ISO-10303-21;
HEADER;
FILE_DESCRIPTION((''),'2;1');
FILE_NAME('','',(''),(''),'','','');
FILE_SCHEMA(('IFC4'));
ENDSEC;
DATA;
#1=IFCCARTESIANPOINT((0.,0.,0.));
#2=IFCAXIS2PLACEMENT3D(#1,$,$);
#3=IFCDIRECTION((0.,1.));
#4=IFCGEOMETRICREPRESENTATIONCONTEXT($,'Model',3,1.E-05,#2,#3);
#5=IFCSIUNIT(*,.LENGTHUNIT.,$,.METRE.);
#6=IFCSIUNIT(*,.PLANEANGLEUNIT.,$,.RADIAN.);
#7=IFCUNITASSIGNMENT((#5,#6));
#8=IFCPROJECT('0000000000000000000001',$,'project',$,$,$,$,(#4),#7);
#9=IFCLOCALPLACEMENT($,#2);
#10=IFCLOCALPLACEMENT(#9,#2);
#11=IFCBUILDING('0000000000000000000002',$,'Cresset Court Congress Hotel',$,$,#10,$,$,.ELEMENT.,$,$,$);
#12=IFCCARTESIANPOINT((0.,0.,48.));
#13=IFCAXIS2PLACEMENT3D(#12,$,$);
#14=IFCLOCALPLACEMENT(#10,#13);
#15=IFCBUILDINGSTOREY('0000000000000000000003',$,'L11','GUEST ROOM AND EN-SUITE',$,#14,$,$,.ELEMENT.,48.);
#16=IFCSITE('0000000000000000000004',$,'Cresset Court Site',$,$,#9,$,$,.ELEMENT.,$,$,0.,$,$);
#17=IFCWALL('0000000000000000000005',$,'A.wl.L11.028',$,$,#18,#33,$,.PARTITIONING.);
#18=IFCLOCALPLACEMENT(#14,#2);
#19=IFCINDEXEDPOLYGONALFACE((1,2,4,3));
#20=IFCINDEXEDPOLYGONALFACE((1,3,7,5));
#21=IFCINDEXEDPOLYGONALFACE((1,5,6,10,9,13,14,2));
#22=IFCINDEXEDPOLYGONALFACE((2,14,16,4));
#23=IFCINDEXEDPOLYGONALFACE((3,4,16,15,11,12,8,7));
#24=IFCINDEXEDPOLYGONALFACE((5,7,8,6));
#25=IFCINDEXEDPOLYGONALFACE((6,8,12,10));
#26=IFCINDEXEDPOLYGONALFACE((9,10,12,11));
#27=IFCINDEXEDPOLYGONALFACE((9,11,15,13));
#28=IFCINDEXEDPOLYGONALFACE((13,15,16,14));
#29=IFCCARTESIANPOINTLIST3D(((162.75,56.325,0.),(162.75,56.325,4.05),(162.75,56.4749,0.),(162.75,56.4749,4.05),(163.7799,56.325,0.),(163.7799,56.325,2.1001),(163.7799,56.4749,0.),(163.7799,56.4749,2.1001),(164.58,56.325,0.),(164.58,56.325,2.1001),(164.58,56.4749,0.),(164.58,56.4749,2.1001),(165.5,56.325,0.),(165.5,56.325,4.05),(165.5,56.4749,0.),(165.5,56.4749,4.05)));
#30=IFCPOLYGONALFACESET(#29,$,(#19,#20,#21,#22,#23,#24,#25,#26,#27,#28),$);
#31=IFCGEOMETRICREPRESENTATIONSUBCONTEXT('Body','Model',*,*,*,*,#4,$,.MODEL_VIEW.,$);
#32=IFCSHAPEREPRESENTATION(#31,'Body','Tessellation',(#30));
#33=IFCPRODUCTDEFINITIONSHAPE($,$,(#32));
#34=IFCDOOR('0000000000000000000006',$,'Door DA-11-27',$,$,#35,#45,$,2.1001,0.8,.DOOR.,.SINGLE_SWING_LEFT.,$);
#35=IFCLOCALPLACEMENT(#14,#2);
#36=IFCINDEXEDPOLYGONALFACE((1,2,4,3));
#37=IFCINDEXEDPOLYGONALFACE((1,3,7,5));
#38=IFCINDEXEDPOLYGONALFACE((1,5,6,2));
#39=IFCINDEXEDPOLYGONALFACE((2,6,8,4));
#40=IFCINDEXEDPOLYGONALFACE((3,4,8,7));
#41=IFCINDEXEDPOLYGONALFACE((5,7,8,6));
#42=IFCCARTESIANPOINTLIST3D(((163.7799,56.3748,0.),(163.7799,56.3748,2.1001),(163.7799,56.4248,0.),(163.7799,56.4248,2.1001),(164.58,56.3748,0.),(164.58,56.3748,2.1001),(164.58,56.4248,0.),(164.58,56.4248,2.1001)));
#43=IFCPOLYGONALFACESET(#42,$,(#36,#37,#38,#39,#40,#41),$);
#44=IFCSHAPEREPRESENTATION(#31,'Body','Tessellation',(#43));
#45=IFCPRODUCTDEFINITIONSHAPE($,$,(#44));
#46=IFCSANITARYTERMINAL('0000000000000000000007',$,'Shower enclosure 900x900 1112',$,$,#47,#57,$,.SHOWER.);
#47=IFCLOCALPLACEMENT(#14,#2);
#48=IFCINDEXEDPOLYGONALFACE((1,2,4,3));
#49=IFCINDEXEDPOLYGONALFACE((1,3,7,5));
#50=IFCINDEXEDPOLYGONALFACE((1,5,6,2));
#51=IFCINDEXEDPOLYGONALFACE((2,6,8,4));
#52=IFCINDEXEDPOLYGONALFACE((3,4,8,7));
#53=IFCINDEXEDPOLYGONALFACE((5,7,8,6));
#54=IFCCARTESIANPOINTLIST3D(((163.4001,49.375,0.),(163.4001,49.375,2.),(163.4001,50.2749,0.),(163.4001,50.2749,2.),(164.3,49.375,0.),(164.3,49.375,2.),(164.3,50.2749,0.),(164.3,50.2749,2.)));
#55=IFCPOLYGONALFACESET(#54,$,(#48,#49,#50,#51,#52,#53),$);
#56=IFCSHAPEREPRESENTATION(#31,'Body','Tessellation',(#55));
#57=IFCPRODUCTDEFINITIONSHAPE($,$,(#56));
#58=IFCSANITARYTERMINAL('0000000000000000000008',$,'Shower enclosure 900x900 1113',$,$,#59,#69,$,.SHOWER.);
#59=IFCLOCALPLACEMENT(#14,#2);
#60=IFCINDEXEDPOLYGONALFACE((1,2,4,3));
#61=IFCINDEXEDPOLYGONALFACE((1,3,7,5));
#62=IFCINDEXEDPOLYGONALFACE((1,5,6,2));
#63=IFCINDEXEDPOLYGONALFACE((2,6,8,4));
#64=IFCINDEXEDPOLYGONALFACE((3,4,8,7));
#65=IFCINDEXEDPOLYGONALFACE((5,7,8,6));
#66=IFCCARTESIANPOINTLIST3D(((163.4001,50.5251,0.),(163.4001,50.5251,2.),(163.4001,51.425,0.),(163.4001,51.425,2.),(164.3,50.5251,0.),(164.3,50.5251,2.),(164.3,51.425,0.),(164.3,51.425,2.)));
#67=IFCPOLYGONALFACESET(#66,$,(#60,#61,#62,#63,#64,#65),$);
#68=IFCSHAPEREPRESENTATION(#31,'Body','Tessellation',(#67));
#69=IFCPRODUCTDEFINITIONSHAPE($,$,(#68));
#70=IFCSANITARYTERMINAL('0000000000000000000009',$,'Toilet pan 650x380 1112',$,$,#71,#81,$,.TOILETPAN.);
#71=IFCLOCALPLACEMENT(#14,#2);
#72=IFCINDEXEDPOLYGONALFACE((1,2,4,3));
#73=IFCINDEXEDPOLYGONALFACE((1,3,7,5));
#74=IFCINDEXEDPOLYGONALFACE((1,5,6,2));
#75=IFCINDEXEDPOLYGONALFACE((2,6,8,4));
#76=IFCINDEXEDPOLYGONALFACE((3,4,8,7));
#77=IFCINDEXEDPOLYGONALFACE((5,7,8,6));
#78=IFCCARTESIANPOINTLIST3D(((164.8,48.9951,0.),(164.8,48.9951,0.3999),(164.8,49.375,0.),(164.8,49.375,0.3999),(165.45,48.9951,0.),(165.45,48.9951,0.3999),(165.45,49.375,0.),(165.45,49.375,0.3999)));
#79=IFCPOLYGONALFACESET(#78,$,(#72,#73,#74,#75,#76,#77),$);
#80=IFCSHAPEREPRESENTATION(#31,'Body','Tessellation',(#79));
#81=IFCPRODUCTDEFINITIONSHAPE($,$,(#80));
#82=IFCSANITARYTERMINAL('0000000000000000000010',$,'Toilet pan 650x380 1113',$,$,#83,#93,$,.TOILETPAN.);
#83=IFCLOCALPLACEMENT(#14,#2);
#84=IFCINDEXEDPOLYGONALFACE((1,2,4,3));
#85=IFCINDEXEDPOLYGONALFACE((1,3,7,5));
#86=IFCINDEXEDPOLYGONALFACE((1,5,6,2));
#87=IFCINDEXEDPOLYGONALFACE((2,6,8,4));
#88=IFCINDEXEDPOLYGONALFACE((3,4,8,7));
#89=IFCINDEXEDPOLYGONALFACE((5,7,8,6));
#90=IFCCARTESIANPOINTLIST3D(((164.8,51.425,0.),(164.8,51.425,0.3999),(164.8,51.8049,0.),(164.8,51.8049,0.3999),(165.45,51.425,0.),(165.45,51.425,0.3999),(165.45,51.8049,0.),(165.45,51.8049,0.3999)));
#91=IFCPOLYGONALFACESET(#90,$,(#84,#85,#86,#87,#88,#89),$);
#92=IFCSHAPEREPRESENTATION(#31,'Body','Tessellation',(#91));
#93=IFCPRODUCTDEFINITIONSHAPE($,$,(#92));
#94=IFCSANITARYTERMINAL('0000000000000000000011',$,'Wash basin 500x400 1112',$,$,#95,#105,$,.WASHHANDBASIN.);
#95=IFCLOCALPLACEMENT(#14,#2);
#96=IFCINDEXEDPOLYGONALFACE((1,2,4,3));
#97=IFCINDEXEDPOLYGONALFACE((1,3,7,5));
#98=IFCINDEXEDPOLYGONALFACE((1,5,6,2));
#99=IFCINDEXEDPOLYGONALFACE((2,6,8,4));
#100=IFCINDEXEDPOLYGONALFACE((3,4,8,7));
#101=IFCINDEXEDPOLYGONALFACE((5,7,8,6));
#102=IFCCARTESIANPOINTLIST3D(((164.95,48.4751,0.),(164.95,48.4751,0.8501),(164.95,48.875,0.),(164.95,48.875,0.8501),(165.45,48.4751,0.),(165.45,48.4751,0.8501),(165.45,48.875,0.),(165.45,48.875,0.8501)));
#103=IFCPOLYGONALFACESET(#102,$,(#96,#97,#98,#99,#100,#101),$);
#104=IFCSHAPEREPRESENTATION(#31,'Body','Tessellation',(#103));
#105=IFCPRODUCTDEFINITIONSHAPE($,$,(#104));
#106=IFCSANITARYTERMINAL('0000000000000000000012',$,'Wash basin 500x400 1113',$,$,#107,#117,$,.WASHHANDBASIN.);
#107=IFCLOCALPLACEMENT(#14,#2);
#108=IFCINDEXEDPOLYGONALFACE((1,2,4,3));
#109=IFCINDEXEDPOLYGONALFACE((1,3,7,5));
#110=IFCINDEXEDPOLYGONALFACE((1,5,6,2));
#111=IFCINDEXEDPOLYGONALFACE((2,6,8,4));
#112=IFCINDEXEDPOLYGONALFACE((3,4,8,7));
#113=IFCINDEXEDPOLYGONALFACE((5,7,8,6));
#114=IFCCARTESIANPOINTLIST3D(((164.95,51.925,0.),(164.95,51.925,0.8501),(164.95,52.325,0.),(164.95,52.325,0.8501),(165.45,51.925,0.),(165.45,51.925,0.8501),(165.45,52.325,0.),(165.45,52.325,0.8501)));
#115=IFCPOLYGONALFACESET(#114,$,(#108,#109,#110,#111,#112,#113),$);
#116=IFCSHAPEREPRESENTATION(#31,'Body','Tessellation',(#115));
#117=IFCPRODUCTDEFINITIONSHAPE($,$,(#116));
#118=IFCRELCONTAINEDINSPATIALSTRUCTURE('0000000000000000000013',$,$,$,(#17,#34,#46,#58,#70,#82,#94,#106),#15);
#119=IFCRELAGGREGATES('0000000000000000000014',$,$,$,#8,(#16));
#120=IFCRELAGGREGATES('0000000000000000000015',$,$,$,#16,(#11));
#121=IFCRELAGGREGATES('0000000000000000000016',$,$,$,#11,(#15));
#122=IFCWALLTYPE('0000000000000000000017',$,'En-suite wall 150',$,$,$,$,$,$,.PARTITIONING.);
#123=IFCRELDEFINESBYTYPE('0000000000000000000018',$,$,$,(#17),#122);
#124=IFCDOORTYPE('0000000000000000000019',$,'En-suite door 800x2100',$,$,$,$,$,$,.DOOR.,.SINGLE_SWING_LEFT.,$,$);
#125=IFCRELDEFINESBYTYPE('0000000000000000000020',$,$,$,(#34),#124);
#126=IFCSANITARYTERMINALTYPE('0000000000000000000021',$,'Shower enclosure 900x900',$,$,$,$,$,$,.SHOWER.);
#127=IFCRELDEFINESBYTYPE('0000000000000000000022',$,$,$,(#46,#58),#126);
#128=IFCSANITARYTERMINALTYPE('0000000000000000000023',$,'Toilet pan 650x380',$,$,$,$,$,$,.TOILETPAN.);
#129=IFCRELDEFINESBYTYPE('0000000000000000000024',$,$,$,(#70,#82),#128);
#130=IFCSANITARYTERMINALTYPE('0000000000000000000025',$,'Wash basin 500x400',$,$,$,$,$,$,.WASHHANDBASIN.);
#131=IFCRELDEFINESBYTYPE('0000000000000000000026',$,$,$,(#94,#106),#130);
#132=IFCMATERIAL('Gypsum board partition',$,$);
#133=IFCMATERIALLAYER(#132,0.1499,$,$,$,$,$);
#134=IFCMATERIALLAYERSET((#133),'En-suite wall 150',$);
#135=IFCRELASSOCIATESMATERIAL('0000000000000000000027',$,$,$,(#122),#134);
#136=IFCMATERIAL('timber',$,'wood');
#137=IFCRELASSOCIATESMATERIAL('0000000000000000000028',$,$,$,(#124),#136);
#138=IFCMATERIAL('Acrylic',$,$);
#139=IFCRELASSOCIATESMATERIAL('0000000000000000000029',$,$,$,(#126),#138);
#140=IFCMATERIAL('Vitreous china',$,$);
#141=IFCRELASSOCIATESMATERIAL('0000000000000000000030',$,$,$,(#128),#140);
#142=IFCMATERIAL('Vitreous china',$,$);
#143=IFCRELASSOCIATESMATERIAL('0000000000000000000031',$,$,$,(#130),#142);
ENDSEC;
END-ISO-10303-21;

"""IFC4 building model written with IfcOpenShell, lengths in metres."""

from ifc_helpers import new_model, si_unit, direction, frame, frame_2d, origin, origin_2d, place, context, subcontext, project, spatial, rectangle, extrude, material, layer, layer_set, type_object, element, fill, save


model = new_model("IFC4")

# Units and contexts
model_context = context("Model", 3, precision=1e-05, world=origin(), true_north=direction((0.0, 1.0)))
body_context = subcontext(model_context, "Body", "Model", "MODEL_VIEW")
ifc_project = project(units=[si_unit("LENGTHUNIT", "METRE"), si_unit("PLANEANGLEUNIT", "RADIAN")], contexts=[model_context])

# Site, building, storey
site_placement = place(None, origin())
site = spatial("IfcSite", under=ifc_project, at=site_placement, Name="Cresset Court Site", CompositionType="ELEMENT", RefElevation=0.0)
building_placement = place(site_placement, origin())
building = spatial("IfcBuilding", under=site, at=building_placement, Name="Cresset Court Congress Hotel", CompositionType="ELEMENT")
storey_placement = place(building_placement, frame((0.0, 0.0, 48.0)))
storey = spatial("IfcBuildingStorey", under=building, at=storey_placement, Name="L11", Description="GUEST ROOM AND EN-SUITE", CompositionType="ELEMENT", Elevation=48.0)

# Shared definitions
ifc_material_1 = material(Name="Gypsum board partition")
ifc_layer = layer(ifc_material_1, 0.1499)
ifc_layer_set = layer_set([ifc_layer], Name="En-suite wall 150")
wall_type = type_object("IfcWallType", Name="En-suite wall 150", PredefinedType="PARTITIONING", material=ifc_layer_set)
ifc_material_2 = material(Name="timber", Category="wood")
door_type = type_object("IfcDoorType", Name="En-suite door 800x2100", OperationType="SINGLE_SWING_LEFT", PredefinedType="DOOR", material=ifc_material_2)

# Wall, opening, door
wall_1_placement = place(storey_placement, frame((162.75, 56.3999, 0.0), z_axis=(0.0, 0.0, 1.0), x_axis=(1.0, 0.0, 0.0)))
wall_1 = element("IfcWall", 1, at=wall_1_placement, inside=storey, type_object=wall_type, Name="A.wl.L11.028", PredefinedType="PARTITIONING", context=body_context, shape_type="SweptSolid", body=[
    extrude(rectangle(XDim=2.75, YDim=0.1499, at=frame_2d((1.375, 0.0))), origin(), (0.0, 0.0, 1.0), 4.05),
])
opening_1_placement = place(wall_1_placement, frame((1.03, 0.0, 0.0)))
opening_1 = element("IfcOpeningElement", 2, at=opening_1_placement, cuts=wall_1, PredefinedType="OPENING", context=body_context, shape_type="SweptSolid", body=[
    extrude(rectangle(XDim=0.8, YDim=2.1001, at=frame_2d((0.3999, 1.05))), frame((0.0, 0.085, 0.0), z_axis=(0.0, -1.0, 0.0), x_axis=(1.0, 0.0, 0.0)), (0.0, 0.0, 1.0), 0.1699),
])
door_1_placement = place(opening_1_placement, origin())
door_1 = element("IfcDoor", 3, at=door_1_placement, inside=storey, type_object=door_type, Name="Door DA-11-27", OperationType="SINGLE_SWING_LEFT", OverallHeight=2.1001, OverallWidth=0.8, PredefinedType="DOOR", context=body_context, shape_type="SweptSolid", body=[
    extrude(rectangle(XDim=0.8, YDim=2.1001, at=frame_2d((0.3999, 1.05))), frame((0.0, 0.0249, 0.0), z_axis=(0.0, -1.0, 0.0), x_axis=(1.0, 0.0, 0.0)), (0.0, 0.0, 1.0), 0.05),
])
fill(opening_1, door_1)

# Sanitary terminals
ifc_material_3 = material(Name="Acrylic")
sanitary_terminal_type_1 = type_object("IfcSanitaryTerminalType", Name="Shower enclosure 900x900", PredefinedType="SHOWER", material=ifc_material_3)
for number, where, z_axis, x_axis, name in (
    (4, (163.8501, 49.825, 0.0), (0.0, 0.0, 1.0), (1.0, 0.0, 0.0), "Shower enclosure 900x900 1112"),
    (5, (163.8501, 50.9751, 0.0), (0.0, 0.0, 1.0), (1.0, 0.0, 0.0), "Shower enclosure 900x900 1113"),
):
    element("IfcSanitaryTerminal", number, at=place(storey_placement, frame(where, z_axis=z_axis, x_axis=x_axis)), inside=storey, type_object=sanitary_terminal_type_1, Name=name, PredefinedType="SHOWER", context=body_context, shape_type="SweptSolid", body=[
        extrude(rectangle(XDim=0.8999, YDim=0.8999, at=origin_2d()), origin(), (0.0, 0.0, 1.0), 2.0),
    ])
ifc_material_4 = material(Name="Vitreous china")
sanitary_terminal_type_2 = type_object("IfcSanitaryTerminalType", Name="Toilet pan 650x380", PredefinedType="TOILETPAN", material=ifc_material_4)
for number, where, z_axis, x_axis, name in (
    (6, (165.125, 49.1851, 0.0), (0.0, 0.0, 1.0), (1.0, 0.0, 0.0), "Toilet pan 650x380 1112"),
    (7, (165.125, 51.615, 0.0), (0.0, 0.0, 1.0), (1.0, 0.0, 0.0), "Toilet pan 650x380 1113"),
):
    element("IfcSanitaryTerminal", number, at=place(storey_placement, frame(where, z_axis=z_axis, x_axis=x_axis)), inside=storey, type_object=sanitary_terminal_type_2, Name=name, PredefinedType="TOILETPAN", context=body_context, shape_type="SweptSolid", body=[
        extrude(rectangle(XDim=0.6499, YDim=0.3799, at=origin_2d()), origin(), (0.0, 0.0, 1.0), 0.3999),
    ])
ifc_material_5 = material(Name="Vitreous china")
sanitary_terminal_type_3 = type_object("IfcSanitaryTerminalType", Name="Wash basin 500x400", PredefinedType="WASHHANDBASIN", material=ifc_material_5)
for number, where, z_axis, x_axis, name in (
    (8, (165.2, 48.675, 0.0), (0.0, 0.0, 1.0), (1.0, 0.0, 0.0), "Wash basin 500x400 1112"),
    (9, (165.2, 52.125, 0.0), (0.0, 0.0, 1.0), (1.0, 0.0, 0.0), "Wash basin 500x400 1113"),
):
    element("IfcSanitaryTerminal", number, at=place(storey_placement, frame(where, z_axis=z_axis, x_axis=x_axis)), inside=storey, type_object=sanitary_terminal_type_3, Name=name, PredefinedType="WASHHANDBASIN", context=body_context, shape_type="SweptSolid", body=[
        extrude(rectangle(XDim=0.5, YDim=0.3999, at=origin_2d()), origin(), (0.0, 0.0, 1.0), 0.8501),
    ])

save(model, "model.ifc")
